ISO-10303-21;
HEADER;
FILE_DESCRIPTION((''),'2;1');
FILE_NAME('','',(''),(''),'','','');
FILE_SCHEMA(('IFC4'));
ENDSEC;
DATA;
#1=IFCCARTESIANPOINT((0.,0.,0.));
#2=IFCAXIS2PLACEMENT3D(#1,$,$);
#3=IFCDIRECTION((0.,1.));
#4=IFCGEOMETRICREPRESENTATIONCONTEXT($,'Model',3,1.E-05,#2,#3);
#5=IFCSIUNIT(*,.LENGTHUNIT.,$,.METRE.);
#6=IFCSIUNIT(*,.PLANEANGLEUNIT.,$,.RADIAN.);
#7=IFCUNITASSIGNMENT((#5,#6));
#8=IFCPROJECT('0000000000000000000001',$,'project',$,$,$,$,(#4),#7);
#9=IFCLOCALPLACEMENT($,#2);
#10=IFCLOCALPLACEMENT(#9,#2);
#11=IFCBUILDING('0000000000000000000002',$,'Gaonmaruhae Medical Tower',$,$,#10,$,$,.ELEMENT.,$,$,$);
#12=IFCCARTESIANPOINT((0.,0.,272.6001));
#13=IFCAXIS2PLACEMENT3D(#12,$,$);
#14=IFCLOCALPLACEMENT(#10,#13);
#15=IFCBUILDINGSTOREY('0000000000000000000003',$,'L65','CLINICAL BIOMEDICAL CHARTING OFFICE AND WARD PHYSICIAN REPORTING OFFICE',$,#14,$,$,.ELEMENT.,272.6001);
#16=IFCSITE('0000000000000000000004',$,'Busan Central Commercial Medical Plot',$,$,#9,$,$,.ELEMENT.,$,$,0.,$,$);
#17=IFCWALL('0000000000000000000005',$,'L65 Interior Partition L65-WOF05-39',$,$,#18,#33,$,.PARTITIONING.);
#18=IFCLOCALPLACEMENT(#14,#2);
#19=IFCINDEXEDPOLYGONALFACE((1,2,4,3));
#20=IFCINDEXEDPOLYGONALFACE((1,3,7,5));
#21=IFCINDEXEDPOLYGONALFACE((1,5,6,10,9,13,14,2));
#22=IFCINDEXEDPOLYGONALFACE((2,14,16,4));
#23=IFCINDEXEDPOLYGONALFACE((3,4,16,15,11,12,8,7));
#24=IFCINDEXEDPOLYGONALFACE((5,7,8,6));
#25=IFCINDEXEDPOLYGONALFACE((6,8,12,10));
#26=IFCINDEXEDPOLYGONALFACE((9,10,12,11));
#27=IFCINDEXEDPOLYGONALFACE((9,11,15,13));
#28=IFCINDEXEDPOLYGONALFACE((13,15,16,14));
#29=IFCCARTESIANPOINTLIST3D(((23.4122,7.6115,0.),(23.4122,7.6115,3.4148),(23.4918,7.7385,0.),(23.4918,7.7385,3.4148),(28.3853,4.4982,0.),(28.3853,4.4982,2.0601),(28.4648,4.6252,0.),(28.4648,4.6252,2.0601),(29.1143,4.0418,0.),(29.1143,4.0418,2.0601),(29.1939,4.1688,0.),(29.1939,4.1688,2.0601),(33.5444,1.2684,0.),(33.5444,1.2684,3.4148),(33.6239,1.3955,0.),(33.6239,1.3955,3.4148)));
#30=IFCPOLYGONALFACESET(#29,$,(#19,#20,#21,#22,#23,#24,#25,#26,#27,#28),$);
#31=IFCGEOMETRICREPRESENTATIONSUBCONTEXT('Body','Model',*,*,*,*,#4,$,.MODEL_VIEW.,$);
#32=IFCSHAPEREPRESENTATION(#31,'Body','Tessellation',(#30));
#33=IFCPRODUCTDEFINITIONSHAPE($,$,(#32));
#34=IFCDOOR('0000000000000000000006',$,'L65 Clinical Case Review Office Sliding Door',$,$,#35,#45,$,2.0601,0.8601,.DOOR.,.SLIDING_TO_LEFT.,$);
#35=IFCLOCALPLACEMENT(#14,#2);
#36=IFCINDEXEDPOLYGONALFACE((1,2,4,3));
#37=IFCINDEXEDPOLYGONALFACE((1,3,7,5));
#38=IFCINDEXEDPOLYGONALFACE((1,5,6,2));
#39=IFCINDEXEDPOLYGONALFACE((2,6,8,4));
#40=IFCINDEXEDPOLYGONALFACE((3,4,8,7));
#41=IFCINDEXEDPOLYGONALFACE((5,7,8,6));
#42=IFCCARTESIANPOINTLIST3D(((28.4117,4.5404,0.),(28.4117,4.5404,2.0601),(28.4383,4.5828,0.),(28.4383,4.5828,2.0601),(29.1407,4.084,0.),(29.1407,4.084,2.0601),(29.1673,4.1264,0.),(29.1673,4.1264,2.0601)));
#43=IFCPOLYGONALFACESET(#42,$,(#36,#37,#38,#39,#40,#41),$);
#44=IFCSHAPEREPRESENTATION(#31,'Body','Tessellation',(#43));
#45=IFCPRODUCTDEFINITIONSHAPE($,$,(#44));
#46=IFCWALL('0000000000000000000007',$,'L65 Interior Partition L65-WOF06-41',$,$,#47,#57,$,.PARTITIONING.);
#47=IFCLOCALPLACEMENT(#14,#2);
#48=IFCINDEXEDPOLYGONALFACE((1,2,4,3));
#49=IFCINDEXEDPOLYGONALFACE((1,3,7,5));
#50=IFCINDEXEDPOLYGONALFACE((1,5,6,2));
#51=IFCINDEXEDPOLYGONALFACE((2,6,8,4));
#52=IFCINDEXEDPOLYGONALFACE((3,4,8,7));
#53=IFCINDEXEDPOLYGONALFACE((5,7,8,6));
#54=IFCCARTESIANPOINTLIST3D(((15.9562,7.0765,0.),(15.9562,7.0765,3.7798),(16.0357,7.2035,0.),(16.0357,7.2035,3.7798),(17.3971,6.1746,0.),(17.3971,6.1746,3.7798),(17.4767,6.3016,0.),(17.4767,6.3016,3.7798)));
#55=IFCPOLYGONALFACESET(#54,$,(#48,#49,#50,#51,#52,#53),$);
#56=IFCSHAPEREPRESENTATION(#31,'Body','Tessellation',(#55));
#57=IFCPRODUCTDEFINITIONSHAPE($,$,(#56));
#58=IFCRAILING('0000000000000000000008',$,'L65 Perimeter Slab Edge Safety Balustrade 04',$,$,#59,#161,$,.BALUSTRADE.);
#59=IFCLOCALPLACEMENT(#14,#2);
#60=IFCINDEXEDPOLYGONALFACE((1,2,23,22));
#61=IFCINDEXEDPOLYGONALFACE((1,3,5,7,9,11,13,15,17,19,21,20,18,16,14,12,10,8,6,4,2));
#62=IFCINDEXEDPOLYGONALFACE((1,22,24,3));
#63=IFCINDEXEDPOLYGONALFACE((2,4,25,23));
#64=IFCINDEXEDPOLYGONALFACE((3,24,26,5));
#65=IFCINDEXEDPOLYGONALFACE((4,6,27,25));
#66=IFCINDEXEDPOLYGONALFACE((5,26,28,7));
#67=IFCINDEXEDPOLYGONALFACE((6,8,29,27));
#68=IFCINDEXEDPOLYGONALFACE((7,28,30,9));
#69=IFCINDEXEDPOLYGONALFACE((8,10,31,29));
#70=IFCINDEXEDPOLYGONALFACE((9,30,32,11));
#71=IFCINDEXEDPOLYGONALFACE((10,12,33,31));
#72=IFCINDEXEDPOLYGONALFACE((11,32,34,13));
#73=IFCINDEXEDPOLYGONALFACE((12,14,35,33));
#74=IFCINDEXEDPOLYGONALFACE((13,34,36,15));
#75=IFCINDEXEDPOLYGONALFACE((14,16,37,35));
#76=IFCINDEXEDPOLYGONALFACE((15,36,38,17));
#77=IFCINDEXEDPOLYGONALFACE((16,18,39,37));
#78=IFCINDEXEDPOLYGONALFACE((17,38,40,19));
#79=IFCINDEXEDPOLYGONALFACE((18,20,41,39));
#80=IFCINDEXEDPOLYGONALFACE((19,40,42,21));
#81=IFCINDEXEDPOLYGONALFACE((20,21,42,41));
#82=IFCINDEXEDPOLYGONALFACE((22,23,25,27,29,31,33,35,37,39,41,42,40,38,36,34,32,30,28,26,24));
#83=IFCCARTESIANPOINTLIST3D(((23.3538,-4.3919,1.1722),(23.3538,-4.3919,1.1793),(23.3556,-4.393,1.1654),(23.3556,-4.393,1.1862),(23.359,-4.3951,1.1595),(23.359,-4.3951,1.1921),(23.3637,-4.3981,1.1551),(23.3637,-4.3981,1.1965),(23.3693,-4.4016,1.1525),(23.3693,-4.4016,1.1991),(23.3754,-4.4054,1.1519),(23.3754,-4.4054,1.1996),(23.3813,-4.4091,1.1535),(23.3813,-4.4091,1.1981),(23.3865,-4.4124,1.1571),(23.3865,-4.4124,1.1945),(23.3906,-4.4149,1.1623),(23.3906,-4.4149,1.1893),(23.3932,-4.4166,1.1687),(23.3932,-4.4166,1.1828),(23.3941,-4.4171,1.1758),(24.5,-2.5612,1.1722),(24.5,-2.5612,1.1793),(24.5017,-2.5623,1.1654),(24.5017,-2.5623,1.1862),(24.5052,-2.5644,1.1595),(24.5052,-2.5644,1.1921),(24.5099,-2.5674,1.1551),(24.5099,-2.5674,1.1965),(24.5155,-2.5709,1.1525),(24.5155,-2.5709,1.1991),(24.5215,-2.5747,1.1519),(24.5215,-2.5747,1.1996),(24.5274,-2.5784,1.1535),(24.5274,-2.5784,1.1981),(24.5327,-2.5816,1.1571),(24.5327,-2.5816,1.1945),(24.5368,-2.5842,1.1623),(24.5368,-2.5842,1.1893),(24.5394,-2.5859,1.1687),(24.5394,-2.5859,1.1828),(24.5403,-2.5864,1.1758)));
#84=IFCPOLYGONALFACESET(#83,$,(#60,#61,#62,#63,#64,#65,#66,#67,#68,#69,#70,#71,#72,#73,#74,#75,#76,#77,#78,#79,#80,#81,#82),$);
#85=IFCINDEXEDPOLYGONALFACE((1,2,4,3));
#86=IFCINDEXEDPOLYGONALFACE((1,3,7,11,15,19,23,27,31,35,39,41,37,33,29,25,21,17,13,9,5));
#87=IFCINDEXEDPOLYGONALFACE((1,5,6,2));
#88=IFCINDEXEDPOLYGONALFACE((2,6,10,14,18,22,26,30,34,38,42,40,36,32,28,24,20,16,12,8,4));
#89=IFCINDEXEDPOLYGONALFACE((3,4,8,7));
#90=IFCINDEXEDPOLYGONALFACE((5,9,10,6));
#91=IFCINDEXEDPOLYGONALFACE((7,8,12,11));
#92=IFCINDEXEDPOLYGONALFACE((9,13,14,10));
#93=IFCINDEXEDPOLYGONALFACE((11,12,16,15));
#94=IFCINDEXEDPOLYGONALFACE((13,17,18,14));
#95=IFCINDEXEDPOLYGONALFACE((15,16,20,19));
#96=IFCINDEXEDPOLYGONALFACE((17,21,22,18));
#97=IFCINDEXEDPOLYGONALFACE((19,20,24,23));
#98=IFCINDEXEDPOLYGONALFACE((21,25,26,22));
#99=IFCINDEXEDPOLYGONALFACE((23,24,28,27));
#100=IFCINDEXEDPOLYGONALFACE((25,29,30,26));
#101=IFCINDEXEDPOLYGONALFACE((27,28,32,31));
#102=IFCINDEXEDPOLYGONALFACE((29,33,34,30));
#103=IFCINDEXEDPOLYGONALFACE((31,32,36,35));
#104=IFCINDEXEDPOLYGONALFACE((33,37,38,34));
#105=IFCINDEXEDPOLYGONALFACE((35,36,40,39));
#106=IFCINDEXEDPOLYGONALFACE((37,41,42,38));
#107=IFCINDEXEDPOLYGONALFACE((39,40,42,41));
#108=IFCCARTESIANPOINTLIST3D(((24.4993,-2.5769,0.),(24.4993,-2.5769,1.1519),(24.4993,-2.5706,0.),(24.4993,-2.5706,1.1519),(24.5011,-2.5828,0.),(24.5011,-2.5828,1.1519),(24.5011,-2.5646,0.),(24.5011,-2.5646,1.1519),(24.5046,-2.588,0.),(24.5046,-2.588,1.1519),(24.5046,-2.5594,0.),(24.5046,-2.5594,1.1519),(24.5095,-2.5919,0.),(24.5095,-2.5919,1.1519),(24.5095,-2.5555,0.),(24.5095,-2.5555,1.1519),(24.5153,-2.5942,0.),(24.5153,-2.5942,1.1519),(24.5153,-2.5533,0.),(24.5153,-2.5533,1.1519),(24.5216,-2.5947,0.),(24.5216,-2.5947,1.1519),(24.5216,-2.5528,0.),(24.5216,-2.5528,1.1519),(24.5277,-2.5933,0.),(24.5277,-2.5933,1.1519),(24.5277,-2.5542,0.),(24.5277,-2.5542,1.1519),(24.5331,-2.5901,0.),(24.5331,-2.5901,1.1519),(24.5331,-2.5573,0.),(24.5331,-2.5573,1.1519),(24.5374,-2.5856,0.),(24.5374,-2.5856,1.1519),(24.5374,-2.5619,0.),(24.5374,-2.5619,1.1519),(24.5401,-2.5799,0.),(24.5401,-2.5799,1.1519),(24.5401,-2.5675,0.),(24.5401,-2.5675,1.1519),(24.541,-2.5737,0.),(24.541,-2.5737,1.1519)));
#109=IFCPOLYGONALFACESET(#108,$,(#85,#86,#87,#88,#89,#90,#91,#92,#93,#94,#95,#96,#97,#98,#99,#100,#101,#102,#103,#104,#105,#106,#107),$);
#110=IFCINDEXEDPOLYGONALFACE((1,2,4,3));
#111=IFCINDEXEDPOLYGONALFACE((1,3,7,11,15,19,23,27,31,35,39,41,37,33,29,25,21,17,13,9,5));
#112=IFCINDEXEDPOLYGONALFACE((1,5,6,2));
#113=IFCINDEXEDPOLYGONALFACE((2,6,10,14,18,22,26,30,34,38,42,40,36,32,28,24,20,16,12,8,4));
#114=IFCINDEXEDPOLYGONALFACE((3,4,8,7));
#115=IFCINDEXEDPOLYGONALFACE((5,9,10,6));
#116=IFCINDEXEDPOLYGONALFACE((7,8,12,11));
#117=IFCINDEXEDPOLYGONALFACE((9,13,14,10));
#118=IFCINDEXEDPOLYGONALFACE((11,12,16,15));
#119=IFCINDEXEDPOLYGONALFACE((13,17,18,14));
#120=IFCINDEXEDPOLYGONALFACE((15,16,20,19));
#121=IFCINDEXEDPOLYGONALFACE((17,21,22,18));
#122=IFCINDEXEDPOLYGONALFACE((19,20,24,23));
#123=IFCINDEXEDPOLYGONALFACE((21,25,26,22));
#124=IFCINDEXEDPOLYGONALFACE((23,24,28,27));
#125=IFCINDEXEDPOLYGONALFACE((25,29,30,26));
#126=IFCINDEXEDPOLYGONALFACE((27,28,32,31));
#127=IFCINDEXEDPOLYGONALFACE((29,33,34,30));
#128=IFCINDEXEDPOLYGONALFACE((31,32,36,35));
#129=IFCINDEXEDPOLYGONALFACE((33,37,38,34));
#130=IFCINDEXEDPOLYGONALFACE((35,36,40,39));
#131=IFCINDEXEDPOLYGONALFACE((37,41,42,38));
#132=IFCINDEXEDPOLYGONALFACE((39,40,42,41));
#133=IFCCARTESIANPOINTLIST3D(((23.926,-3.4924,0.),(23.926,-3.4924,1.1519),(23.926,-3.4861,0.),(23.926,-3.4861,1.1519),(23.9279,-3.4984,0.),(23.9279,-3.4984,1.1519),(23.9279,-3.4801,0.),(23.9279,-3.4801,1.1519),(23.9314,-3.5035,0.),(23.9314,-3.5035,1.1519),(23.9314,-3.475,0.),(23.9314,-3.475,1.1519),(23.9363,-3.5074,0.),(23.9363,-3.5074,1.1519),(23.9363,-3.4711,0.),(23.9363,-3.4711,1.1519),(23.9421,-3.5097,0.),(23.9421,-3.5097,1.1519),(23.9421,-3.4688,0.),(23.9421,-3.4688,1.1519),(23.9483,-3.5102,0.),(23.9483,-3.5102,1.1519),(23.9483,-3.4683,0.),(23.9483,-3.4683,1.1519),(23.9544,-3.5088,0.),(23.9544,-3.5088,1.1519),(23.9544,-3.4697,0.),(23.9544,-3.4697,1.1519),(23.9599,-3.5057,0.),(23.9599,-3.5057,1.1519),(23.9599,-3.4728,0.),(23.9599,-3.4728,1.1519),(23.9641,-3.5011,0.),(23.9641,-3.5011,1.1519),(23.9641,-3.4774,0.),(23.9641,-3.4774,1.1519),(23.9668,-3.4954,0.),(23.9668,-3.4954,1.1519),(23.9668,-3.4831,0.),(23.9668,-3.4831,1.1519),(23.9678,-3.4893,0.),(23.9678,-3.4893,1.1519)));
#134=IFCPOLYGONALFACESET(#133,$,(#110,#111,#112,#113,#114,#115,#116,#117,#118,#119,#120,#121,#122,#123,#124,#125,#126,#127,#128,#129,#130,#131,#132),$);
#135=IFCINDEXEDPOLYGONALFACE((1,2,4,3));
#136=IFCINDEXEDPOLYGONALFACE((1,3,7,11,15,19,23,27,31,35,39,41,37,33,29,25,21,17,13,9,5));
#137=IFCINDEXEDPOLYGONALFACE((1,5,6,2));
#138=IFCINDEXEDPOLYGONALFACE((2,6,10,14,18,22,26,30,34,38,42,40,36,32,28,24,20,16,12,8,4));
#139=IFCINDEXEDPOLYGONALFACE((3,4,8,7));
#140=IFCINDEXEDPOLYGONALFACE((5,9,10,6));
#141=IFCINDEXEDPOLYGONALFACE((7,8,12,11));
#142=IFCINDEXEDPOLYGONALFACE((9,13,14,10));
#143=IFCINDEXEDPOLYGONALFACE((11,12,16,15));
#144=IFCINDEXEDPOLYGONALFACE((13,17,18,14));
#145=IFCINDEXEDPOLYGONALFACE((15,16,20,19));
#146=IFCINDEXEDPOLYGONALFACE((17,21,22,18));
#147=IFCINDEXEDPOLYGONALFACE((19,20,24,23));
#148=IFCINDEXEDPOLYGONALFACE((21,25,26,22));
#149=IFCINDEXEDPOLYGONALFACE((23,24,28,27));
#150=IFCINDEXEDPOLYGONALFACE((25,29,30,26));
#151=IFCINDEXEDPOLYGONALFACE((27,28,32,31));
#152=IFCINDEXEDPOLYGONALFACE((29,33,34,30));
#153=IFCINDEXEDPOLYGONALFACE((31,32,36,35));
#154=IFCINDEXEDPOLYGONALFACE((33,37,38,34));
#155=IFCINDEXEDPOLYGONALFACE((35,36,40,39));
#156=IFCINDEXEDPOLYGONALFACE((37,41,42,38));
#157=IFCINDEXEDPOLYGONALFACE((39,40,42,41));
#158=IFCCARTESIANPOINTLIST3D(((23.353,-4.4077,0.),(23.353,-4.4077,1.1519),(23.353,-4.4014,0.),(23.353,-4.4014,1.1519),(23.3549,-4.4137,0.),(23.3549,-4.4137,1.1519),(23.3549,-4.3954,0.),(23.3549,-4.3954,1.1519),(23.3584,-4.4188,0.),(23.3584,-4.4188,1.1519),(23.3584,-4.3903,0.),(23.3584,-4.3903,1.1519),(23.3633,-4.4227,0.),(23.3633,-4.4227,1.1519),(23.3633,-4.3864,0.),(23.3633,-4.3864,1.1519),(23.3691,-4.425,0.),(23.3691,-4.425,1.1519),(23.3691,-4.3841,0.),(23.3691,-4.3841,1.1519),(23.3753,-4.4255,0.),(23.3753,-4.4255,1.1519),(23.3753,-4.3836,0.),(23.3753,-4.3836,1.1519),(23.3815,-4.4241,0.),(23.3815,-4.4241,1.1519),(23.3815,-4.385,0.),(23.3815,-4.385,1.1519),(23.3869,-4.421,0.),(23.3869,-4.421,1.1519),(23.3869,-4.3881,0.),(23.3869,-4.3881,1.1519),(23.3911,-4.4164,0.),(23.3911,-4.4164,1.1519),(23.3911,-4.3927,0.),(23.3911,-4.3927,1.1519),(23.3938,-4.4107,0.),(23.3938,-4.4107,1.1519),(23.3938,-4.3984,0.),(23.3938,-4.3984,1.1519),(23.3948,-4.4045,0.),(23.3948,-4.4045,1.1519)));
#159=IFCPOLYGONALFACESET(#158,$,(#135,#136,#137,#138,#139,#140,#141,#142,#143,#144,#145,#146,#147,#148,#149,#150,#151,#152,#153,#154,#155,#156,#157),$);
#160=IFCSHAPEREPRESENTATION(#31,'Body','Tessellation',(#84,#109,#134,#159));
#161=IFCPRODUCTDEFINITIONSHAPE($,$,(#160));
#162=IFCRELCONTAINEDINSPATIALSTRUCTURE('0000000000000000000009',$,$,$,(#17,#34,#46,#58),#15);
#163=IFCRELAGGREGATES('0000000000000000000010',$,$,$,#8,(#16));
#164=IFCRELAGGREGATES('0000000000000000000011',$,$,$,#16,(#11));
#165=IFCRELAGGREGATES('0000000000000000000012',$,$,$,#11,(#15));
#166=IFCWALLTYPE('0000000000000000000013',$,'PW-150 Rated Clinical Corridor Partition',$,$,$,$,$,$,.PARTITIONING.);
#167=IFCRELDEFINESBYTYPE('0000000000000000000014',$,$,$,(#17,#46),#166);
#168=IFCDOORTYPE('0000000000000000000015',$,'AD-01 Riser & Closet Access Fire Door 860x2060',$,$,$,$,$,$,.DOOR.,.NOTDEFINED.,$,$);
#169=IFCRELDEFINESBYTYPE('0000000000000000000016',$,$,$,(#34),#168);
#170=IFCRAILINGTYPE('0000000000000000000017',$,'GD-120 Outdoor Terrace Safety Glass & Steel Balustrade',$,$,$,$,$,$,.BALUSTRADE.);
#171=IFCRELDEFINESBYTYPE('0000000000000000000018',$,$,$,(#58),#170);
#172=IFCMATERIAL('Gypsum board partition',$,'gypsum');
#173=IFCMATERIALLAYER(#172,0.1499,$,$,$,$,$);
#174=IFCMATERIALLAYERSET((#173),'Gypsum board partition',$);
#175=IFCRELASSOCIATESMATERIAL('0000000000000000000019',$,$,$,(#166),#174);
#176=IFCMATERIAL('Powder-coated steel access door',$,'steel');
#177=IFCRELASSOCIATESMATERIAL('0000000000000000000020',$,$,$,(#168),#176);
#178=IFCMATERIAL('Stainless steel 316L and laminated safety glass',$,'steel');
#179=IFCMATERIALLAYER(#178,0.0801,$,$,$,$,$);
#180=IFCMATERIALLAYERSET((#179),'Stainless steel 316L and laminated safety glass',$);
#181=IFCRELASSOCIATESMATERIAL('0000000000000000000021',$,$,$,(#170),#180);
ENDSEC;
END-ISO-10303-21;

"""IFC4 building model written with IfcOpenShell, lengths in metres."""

from ifc_helpers import new_model, si_unit, direction, frame, frame_2d, origin, origin_2d, place, context, subcontext, project, spatial, rectangle, circle, extrude, material, layer, layer_set, type_object, element, fill, save


model = new_model("IFC4")

# Units and contexts
model_context = context("Model", 3, precision=1e-05, world=origin(), true_north=direction((0.0, 1.0)))
body_context = subcontext(model_context, "Body", "Model", "MODEL_VIEW")
ifc_project = project(units=[si_unit("LENGTHUNIT", "METRE"), si_unit("PLANEANGLEUNIT", "RADIAN")], contexts=[model_context])

# Site, building, storey
site_placement = place(None, origin())
site = spatial("IfcSite", under=ifc_project, at=site_placement, Name="Busan Central Commercial Medical Plot", CompositionType="ELEMENT", RefElevation=0.0)
building_placement = place(site_placement, origin())
building = spatial("IfcBuilding", under=site, at=building_placement, Name="Gaonmaruhae Medical Tower", CompositionType="ELEMENT")
storey_placement = place(building_placement, frame((0.0, 0.0, 272.6001)))
storey = spatial("IfcBuildingStorey", under=building, at=storey_placement, Name="L65", Description="CLINICAL BIOMEDICAL CHARTING OFFICE AND WARD PHYSICIAN REPORTING OFFICE", CompositionType="ELEMENT", Elevation=272.6001)

# Shared definitions
ifc_material_1 = material(Name="Gypsum board partition", Category="gypsum")
ifc_layer_1 = layer(ifc_material_1, 0.1499)
ifc_layer_set_1 = layer_set([ifc_layer_1], Name="Gypsum board partition")
wall_type_1 = type_object("IfcWallType", Name="PW-150 Rated Clinical Corridor Partition", PredefinedType="PARTITIONING", material=ifc_layer_set_1)

# Wall, opening, door
ifc_material_2 = material(Name="Powder-coated steel access door", Category="steel")
door_type_1 = type_object("IfcDoorType", Name="AD-01 Riser & Closet Access Fire Door 860x2060", OperationType="NOTDEFINED", PredefinedType="DOOR", material=ifc_material_2)
wall_1_placement = place(storey_placement, frame((23.4519, 7.675, 0.0), z_axis=(0.0, 0.0, 1.0), x_axis=(0.847605, -0.530628, 0.0)))
wall_1 = element("IfcWall", 1, at=wall_1_placement, inside=storey, type_object=wall_type_1, Name="L65 Interior Partition L65-WOF05-39", PredefinedType="PARTITIONING", context=body_context, shape_type="SweptSolid", body=[
    extrude(rectangle(XDim=11.9539, YDim=0.1499, at=frame_2d((5.9771, 0.0))), origin(), (0.0, 0.0, 1.0), 3.4148),
])
opening_1_placement = place(wall_1_placement, frame((5.8672, 0.0, 0.0)))
opening_1 = element("IfcOpeningElement", 2, at=opening_1_placement, cuts=wall_1, PredefinedType="OPENING", context=body_context, shape_type="SweptSolid", body=[
    extrude(rectangle(XDim=0.8601, YDim=2.0601, at=frame_2d((0.4302, 1.03))), frame((0.0, 0.085, 0.0), z_axis=(0.0, -1.0, 0.0), x_axis=(1.0, 0.0, 0.0)), (0.0, 0.0, 1.0), 0.1699),
])
door_1_placement = place(opening_1_placement, origin())
door_1 = element("IfcDoor", 3, at=door_1_placement, inside=storey, type_object=door_type_1, Name="L65 Clinical Case Review Office Sliding Door", OperationType="SLIDING_TO_LEFT", OverallHeight=2.0601, OverallWidth=0.8601, PredefinedType="DOOR", context=body_context, shape_type="SweptSolid", body=[
    extrude(rectangle(XDim=0.8601, YDim=2.0601, at=frame_2d((0.4302, 1.03))), frame((0.0, 0.0249, 0.0), z_axis=(0.0, -1.0, 0.0), x_axis=(1.0, 0.0, 0.0)), (0.0, 0.0, 1.0), 0.05),
])
fill(opening_1, door_1)

# Wall
wall_2_placement = place(storey_placement, frame((17.437, 6.238, 0.0), z_axis=(0.0, 0.0, 1.0), x_axis=(-0.847659, 0.530541, 0.0)))
element("IfcWall", 4, at=wall_2_placement, inside=storey, type_object=wall_type_1, Name="L65 Interior Partition L65-WOF06-41", PredefinedType="PARTITIONING", context=body_context, shape_type="SweptSolid", body=[
    extrude(rectangle(XDim=1.7, YDim=0.1499, at=frame_2d((0.8501, 0.0))), origin(), (0.0, 0.0, 1.0), 3.7798),
])

# Railing
ifc_material_3 = material(Name="Stainless steel 316L and laminated safety glass", Category="steel")
ifc_layer_2 = layer(ifc_material_3, 0.0801)
ifc_layer_set_2 = layer_set([ifc_layer_2], Name="Stainless steel 316L and laminated safety glass")
railing_type = type_object("IfcRailingType", Name="GD-120 Outdoor Terrace Safety Glass & Steel Balustrade", PredefinedType="BALUSTRADE", material=ifc_layer_set_2)
railing_1_placement = place(storey_placement, frame((24.52, -2.5737, 0.0)))
element("IfcRailing", 5, at=railing_1_placement, inside=storey, type_object=railing_type, Name="L65 Perimeter Slab Edge Safety Balustrade 04", PredefinedType="BALUSTRADE", context=body_context, shape_type="SweptSolid", body=[
    extrude(circle(Radius=0.0239, at=origin_2d()), frame((0.0, 0.0, 1.1758), z_axis=(-0.530659, -0.847585, 0.0), x_axis=(0.847585, -0.530659, 0.0)), (0.0, 0.0, 1.0), 2.1599),
    extrude(circle(Radius=0.021, at=origin_2d()), origin(), (0.0, 0.0, 1.0), 1.1519),
    extrude(circle(Radius=0.021, at=origin_2d()), frame((-0.5732, -0.9155, 0.0)), (0.0, 0.0, 1.0), 1.1519),
    extrude(circle(Radius=0.021, at=origin_2d()), frame((-1.1462, -1.8308, 0.0)), (0.0, 0.0, 1.0), 1.1519),
])

save(model, "model.ifc")
